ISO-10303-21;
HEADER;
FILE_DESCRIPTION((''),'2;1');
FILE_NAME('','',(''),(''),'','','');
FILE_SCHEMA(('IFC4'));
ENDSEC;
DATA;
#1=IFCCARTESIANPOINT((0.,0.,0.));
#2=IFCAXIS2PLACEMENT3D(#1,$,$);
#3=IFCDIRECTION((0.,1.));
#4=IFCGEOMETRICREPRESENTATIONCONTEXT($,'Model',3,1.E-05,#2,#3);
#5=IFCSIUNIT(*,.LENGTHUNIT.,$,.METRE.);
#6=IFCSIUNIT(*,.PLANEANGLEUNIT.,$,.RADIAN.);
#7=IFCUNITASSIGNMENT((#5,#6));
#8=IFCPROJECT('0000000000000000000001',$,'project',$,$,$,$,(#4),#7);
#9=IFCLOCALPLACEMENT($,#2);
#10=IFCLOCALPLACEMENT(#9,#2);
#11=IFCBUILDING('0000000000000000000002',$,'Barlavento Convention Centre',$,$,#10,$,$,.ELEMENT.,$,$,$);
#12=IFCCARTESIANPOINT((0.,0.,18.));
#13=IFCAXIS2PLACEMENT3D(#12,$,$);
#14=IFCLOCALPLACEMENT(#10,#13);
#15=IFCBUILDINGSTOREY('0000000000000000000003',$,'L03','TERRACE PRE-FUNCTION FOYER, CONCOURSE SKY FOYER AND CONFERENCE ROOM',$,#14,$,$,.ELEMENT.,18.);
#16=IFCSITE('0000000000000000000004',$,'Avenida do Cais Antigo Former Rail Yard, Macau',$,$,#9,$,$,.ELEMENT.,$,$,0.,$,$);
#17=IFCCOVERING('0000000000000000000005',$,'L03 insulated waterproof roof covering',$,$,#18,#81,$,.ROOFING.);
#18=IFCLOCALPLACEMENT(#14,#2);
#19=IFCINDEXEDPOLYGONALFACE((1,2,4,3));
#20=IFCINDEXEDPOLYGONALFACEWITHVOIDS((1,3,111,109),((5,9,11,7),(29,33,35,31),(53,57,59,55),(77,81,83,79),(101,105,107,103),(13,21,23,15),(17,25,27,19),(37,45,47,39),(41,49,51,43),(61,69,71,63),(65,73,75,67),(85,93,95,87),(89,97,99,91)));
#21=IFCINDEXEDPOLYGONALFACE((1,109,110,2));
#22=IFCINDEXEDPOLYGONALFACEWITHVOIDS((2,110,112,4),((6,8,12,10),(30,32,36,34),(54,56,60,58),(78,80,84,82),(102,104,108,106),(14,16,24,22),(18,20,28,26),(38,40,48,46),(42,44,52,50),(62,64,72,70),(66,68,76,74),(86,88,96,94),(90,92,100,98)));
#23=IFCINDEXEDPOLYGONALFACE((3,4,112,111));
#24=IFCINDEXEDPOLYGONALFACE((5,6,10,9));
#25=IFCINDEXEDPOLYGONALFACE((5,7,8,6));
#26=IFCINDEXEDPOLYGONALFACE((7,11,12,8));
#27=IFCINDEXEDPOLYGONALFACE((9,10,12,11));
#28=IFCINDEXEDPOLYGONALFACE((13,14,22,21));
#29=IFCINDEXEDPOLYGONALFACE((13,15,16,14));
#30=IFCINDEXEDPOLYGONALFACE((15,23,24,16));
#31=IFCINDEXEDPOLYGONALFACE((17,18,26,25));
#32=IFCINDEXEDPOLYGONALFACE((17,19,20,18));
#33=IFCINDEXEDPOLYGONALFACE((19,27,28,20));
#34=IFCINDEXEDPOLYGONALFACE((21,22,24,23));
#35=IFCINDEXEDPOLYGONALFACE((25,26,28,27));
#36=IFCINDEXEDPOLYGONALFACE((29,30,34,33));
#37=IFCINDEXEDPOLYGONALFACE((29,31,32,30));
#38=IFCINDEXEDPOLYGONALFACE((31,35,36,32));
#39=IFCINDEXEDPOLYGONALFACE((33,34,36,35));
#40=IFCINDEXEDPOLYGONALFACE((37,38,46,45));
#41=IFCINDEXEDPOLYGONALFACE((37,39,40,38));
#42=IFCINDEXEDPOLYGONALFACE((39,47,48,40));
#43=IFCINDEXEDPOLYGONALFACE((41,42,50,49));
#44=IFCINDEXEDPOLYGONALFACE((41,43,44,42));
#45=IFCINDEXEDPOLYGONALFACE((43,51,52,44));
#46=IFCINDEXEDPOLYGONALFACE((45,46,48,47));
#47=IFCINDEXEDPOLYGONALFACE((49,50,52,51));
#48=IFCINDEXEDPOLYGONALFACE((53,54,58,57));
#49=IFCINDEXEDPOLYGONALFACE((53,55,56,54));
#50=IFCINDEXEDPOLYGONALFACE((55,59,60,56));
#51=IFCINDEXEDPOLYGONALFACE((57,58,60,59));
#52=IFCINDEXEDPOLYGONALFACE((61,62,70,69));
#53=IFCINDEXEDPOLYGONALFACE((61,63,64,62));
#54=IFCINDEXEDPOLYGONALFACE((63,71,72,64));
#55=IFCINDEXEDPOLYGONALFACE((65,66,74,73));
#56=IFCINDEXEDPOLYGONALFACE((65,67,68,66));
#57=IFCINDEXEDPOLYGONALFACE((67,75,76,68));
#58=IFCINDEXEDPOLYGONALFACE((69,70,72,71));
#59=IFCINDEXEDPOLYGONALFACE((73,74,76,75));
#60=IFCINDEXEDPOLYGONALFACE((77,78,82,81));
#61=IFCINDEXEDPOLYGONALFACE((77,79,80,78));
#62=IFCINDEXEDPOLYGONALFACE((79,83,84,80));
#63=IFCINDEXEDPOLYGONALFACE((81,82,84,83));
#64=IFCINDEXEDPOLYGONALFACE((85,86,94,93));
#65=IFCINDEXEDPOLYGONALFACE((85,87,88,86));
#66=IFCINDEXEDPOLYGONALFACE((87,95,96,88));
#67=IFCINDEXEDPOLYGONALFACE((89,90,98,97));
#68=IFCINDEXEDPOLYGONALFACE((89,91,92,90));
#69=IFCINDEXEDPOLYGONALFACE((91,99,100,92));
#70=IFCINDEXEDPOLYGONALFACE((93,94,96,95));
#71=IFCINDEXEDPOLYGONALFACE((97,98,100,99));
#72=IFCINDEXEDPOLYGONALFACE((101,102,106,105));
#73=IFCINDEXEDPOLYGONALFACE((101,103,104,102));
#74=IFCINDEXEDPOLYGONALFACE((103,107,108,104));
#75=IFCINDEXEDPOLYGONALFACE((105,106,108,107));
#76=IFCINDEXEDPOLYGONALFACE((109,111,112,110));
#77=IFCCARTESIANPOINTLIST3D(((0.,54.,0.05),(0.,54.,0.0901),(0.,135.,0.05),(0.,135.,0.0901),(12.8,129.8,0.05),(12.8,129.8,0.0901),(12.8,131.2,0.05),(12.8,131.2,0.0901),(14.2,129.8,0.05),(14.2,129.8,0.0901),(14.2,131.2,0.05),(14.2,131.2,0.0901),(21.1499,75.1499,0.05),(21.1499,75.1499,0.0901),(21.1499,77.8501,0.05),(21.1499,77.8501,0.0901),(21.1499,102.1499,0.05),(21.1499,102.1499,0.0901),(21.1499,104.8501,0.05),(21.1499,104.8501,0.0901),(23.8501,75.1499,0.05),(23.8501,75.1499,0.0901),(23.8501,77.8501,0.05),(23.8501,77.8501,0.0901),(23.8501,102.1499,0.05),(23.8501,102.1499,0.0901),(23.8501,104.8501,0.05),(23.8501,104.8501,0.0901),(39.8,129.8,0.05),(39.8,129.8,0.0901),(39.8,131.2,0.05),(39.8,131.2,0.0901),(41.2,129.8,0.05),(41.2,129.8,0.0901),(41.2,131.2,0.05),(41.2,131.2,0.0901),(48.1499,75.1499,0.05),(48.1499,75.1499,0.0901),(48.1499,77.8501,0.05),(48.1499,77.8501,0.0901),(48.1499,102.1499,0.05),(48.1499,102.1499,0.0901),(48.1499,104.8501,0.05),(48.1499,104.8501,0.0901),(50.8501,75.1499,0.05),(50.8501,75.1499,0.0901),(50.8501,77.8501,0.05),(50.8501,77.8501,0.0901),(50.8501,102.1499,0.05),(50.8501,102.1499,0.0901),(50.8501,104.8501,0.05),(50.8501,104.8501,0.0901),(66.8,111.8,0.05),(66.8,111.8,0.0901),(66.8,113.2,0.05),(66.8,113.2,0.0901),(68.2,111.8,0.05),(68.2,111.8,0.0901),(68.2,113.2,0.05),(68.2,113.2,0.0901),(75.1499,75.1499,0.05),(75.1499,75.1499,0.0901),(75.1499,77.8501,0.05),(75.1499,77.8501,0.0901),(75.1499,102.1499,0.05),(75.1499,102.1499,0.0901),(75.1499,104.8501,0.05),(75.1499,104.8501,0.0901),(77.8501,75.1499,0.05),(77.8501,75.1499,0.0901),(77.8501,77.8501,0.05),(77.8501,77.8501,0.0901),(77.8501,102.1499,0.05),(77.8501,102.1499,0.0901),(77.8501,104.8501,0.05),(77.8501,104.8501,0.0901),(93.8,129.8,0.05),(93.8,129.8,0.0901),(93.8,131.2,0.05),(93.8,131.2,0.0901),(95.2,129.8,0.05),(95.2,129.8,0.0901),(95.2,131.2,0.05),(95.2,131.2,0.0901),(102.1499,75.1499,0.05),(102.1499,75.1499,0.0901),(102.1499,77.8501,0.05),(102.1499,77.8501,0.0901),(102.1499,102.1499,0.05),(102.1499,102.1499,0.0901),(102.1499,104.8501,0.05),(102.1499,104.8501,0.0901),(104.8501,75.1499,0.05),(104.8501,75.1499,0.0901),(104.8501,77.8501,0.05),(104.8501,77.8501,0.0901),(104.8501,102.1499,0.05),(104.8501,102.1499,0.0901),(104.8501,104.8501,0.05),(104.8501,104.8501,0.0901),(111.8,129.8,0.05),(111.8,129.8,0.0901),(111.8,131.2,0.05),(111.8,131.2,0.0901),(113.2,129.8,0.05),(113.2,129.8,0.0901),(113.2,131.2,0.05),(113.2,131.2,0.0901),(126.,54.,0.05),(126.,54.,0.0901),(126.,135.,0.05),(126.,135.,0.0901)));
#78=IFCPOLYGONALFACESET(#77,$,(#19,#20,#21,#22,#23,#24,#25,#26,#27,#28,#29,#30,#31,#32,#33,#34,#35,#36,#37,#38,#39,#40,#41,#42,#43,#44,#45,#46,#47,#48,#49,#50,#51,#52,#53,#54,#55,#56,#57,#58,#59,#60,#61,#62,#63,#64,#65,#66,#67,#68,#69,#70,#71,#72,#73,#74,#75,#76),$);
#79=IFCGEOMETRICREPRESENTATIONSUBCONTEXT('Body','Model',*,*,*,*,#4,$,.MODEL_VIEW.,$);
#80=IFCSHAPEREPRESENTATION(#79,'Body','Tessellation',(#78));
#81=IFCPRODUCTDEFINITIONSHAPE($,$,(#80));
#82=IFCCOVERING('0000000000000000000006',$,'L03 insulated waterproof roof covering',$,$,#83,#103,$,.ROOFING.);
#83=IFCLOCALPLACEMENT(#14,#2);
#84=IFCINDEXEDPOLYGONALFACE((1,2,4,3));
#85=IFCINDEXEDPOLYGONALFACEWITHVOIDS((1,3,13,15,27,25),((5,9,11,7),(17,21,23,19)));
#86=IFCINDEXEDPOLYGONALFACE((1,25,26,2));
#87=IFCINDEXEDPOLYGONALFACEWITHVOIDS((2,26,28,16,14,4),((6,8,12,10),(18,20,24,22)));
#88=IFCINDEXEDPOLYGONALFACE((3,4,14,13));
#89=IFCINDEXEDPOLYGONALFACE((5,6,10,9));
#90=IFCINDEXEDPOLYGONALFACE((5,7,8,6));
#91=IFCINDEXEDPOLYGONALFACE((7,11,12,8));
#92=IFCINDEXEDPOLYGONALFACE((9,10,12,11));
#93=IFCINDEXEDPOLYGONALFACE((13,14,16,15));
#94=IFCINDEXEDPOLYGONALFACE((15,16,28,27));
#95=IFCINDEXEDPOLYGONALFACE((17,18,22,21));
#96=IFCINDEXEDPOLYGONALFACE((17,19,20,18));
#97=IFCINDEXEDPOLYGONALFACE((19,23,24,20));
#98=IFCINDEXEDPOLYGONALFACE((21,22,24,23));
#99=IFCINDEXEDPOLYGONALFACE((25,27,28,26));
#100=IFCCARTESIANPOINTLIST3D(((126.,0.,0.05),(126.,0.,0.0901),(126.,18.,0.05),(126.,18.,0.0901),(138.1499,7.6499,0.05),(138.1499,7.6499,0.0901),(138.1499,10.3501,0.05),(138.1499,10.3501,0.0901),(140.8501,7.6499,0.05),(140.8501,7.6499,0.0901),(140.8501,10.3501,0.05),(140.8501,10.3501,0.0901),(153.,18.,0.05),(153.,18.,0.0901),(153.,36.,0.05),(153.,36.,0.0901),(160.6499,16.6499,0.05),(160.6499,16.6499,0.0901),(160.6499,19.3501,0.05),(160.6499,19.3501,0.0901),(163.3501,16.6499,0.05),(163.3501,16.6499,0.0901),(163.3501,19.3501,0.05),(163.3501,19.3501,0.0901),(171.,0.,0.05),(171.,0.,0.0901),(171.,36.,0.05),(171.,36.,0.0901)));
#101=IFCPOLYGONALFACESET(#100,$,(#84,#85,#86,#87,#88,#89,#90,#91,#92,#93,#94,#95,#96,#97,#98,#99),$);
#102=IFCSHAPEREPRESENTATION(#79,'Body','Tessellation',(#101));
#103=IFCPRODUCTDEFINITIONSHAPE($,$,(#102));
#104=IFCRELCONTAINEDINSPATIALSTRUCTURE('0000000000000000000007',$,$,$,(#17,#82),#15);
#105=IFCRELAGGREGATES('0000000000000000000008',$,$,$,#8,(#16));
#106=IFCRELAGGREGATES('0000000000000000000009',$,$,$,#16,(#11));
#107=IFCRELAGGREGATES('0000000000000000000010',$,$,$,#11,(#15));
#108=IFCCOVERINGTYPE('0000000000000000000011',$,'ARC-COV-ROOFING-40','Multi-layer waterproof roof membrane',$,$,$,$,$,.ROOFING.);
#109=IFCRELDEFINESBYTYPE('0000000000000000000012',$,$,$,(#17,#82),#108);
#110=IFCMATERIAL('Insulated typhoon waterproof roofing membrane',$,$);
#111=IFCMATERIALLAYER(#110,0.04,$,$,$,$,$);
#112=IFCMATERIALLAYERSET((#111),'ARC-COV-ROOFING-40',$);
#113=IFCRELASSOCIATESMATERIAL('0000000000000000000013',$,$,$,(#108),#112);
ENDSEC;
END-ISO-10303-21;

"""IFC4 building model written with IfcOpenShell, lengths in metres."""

from ifc_helpers import new_model, si_unit, direction, frame, origin, place, context, subcontext, project, spatial, polyline, outline, extrude, material, layer, layer_set, type_object, element, save


model = new_model("IFC4")

# Units and contexts
model_context = context("Model", 3, precision=1e-05, world=origin(), true_north=direction((0.0, 1.0)))
body_context = subcontext(model_context, "Body", "Model", "MODEL_VIEW")
ifc_project = project(units=[si_unit("LENGTHUNIT", "METRE"), si_unit("PLANEANGLEUNIT", "RADIAN")], contexts=[model_context])

# Site, building, storey
site_placement = place(None, origin())
site = spatial("IfcSite", under=ifc_project, at=site_placement, Name="Avenida do Cais Antigo Former Rail Yard, Macau", CompositionType="ELEMENT", RefElevation=0.0)
building_placement = place(site_placement, origin())
building = spatial("IfcBuilding", under=site, at=building_placement, Name="Barlavento Convention Centre", CompositionType="ELEMENT")
storey_placement = place(building_placement, frame((0.0, 0.0, 18.0)))
storey = spatial("IfcBuildingStorey", under=building, at=storey_placement, Name="L03", Description="TERRACE PRE-FUNCTION FOYER, CONCOURSE SKY FOYER AND CONFERENCE ROOM", CompositionType="ELEMENT", Elevation=18.0)

# Coverings
ifc_material_1 = material(Name="Insulated typhoon waterproof roofing membrane")
ifc_layer_1 = layer(ifc_material_1, 0.04)
ifc_layer_set_1 = layer_set([ifc_layer_1], Name="ARC-COV-ROOFING-40")
covering_type = type_object("IfcCoveringType", Name="ARC-COV-ROOFING-40", Description="Multi-layer waterproof roof membrane", PredefinedType="ROOFING", material=ifc_layer_set_1)
covering_1_placement = place(storey_placement, frame((0.0, 0.0, 0.05)))
element("IfcCovering", 1, at=covering_1_placement, inside=storey, type_object=covering_type, Name="L03 insulated waterproof roof covering", PredefinedType="ROOFING", context=body_context, shape_type="SweptSolid", body=[
    extrude(outline(polyline([(0.0, 54.0), (126.0, 54.0), (126.0, 135.0), (0.0, 135.0), (0.0, 54.0)]), holes=[polyline([(21.1499, 75.1499), (23.8501, 75.1499), (23.8501, 77.8501), (21.1499, 77.8501), (21.1499, 75.1499)]), polyline([(48.1499, 75.1499), (50.8501, 75.1499), (50.8501, 77.8501), (48.1499, 77.8501), (48.1499, 75.1499)]), polyline([(75.1499, 75.1499), (77.8501, 75.1499), (77.8501, 77.8501), (75.1499, 77.8501), (75.1499, 75.1499)]), polyline([(102.1499, 75.1499), (104.8501, 75.1499), (104.8501, 77.8501), (102.1499, 77.8501), (102.1499, 75.1499)]), polyline([(21.1499, 102.1499), (23.8501, 102.1499), (23.8501, 104.8501), (21.1499, 104.8501), (21.1499, 102.1499)]), polyline([(48.1499, 102.1499), (50.8501, 102.1499), (50.8501, 104.8501), (48.1499, 104.8501), (48.1499, 102.1499)]), polyline([(75.1499, 102.1499), (77.8501, 102.1499), (77.8501, 104.8501), (75.1499, 104.8501), (75.1499, 102.1499)]), polyline([(102.1499, 102.1499), (104.8501, 102.1499), (104.8501, 104.8501), (102.1499, 104.8501), (102.1499, 102.1499)]), polyline([(12.8, 129.8), (14.2, 129.8), (14.2, 131.2), (12.8, 131.2), (12.8, 129.8)]), polyline([(39.8, 129.8), (41.2, 129.8), (41.2, 131.2), (39.8, 131.2), (39.8, 129.8)]), polyline([(66.8, 111.8), (68.2, 111.8), (68.2, 113.2), (66.8, 113.2), (66.8, 111.8)]), polyline([(93.8, 129.8), (95.2, 129.8), (95.2, 131.2), (93.8, 131.2), (93.8, 129.8)]), polyline([(111.8, 129.8), (113.2, 129.8), (113.2, 131.2), (111.8, 131.2), (111.8, 129.8)])]), origin(), (0.0, 0.0, 1.0), 0.04),
])
covering_2_placement = place(storey_placement, frame((0.0, 0.0, 0.05)))
element("IfcCovering", 2, at=covering_2_placement, inside=storey, type_object=covering_type, Name="L03 insulated waterproof roof covering", PredefinedType="ROOFING", context=body_context, shape_type="SweptSolid", body=[
    extrude(outline(polyline([(126.0, 0.0), (171.0, 0.0), (171.0, 36.0), (153.0, 36.0), (153.0, 18.0), (126.0, 18.0), (126.0, 0.0)]), holes=[polyline([(138.1499, 7.6499), (140.8501, 7.6499), (140.8501, 10.3501), (138.1499, 10.3501), (138.1499, 7.6499)]), polyline([(160.6499, 16.6499), (163.3501, 16.6499), (163.3501, 19.3501), (160.6499, 19.3501), (160.6499, 16.6499)])]), origin(), (0.0, 0.0, 1.0), 0.04),
])

save(model, "model.ifc")
